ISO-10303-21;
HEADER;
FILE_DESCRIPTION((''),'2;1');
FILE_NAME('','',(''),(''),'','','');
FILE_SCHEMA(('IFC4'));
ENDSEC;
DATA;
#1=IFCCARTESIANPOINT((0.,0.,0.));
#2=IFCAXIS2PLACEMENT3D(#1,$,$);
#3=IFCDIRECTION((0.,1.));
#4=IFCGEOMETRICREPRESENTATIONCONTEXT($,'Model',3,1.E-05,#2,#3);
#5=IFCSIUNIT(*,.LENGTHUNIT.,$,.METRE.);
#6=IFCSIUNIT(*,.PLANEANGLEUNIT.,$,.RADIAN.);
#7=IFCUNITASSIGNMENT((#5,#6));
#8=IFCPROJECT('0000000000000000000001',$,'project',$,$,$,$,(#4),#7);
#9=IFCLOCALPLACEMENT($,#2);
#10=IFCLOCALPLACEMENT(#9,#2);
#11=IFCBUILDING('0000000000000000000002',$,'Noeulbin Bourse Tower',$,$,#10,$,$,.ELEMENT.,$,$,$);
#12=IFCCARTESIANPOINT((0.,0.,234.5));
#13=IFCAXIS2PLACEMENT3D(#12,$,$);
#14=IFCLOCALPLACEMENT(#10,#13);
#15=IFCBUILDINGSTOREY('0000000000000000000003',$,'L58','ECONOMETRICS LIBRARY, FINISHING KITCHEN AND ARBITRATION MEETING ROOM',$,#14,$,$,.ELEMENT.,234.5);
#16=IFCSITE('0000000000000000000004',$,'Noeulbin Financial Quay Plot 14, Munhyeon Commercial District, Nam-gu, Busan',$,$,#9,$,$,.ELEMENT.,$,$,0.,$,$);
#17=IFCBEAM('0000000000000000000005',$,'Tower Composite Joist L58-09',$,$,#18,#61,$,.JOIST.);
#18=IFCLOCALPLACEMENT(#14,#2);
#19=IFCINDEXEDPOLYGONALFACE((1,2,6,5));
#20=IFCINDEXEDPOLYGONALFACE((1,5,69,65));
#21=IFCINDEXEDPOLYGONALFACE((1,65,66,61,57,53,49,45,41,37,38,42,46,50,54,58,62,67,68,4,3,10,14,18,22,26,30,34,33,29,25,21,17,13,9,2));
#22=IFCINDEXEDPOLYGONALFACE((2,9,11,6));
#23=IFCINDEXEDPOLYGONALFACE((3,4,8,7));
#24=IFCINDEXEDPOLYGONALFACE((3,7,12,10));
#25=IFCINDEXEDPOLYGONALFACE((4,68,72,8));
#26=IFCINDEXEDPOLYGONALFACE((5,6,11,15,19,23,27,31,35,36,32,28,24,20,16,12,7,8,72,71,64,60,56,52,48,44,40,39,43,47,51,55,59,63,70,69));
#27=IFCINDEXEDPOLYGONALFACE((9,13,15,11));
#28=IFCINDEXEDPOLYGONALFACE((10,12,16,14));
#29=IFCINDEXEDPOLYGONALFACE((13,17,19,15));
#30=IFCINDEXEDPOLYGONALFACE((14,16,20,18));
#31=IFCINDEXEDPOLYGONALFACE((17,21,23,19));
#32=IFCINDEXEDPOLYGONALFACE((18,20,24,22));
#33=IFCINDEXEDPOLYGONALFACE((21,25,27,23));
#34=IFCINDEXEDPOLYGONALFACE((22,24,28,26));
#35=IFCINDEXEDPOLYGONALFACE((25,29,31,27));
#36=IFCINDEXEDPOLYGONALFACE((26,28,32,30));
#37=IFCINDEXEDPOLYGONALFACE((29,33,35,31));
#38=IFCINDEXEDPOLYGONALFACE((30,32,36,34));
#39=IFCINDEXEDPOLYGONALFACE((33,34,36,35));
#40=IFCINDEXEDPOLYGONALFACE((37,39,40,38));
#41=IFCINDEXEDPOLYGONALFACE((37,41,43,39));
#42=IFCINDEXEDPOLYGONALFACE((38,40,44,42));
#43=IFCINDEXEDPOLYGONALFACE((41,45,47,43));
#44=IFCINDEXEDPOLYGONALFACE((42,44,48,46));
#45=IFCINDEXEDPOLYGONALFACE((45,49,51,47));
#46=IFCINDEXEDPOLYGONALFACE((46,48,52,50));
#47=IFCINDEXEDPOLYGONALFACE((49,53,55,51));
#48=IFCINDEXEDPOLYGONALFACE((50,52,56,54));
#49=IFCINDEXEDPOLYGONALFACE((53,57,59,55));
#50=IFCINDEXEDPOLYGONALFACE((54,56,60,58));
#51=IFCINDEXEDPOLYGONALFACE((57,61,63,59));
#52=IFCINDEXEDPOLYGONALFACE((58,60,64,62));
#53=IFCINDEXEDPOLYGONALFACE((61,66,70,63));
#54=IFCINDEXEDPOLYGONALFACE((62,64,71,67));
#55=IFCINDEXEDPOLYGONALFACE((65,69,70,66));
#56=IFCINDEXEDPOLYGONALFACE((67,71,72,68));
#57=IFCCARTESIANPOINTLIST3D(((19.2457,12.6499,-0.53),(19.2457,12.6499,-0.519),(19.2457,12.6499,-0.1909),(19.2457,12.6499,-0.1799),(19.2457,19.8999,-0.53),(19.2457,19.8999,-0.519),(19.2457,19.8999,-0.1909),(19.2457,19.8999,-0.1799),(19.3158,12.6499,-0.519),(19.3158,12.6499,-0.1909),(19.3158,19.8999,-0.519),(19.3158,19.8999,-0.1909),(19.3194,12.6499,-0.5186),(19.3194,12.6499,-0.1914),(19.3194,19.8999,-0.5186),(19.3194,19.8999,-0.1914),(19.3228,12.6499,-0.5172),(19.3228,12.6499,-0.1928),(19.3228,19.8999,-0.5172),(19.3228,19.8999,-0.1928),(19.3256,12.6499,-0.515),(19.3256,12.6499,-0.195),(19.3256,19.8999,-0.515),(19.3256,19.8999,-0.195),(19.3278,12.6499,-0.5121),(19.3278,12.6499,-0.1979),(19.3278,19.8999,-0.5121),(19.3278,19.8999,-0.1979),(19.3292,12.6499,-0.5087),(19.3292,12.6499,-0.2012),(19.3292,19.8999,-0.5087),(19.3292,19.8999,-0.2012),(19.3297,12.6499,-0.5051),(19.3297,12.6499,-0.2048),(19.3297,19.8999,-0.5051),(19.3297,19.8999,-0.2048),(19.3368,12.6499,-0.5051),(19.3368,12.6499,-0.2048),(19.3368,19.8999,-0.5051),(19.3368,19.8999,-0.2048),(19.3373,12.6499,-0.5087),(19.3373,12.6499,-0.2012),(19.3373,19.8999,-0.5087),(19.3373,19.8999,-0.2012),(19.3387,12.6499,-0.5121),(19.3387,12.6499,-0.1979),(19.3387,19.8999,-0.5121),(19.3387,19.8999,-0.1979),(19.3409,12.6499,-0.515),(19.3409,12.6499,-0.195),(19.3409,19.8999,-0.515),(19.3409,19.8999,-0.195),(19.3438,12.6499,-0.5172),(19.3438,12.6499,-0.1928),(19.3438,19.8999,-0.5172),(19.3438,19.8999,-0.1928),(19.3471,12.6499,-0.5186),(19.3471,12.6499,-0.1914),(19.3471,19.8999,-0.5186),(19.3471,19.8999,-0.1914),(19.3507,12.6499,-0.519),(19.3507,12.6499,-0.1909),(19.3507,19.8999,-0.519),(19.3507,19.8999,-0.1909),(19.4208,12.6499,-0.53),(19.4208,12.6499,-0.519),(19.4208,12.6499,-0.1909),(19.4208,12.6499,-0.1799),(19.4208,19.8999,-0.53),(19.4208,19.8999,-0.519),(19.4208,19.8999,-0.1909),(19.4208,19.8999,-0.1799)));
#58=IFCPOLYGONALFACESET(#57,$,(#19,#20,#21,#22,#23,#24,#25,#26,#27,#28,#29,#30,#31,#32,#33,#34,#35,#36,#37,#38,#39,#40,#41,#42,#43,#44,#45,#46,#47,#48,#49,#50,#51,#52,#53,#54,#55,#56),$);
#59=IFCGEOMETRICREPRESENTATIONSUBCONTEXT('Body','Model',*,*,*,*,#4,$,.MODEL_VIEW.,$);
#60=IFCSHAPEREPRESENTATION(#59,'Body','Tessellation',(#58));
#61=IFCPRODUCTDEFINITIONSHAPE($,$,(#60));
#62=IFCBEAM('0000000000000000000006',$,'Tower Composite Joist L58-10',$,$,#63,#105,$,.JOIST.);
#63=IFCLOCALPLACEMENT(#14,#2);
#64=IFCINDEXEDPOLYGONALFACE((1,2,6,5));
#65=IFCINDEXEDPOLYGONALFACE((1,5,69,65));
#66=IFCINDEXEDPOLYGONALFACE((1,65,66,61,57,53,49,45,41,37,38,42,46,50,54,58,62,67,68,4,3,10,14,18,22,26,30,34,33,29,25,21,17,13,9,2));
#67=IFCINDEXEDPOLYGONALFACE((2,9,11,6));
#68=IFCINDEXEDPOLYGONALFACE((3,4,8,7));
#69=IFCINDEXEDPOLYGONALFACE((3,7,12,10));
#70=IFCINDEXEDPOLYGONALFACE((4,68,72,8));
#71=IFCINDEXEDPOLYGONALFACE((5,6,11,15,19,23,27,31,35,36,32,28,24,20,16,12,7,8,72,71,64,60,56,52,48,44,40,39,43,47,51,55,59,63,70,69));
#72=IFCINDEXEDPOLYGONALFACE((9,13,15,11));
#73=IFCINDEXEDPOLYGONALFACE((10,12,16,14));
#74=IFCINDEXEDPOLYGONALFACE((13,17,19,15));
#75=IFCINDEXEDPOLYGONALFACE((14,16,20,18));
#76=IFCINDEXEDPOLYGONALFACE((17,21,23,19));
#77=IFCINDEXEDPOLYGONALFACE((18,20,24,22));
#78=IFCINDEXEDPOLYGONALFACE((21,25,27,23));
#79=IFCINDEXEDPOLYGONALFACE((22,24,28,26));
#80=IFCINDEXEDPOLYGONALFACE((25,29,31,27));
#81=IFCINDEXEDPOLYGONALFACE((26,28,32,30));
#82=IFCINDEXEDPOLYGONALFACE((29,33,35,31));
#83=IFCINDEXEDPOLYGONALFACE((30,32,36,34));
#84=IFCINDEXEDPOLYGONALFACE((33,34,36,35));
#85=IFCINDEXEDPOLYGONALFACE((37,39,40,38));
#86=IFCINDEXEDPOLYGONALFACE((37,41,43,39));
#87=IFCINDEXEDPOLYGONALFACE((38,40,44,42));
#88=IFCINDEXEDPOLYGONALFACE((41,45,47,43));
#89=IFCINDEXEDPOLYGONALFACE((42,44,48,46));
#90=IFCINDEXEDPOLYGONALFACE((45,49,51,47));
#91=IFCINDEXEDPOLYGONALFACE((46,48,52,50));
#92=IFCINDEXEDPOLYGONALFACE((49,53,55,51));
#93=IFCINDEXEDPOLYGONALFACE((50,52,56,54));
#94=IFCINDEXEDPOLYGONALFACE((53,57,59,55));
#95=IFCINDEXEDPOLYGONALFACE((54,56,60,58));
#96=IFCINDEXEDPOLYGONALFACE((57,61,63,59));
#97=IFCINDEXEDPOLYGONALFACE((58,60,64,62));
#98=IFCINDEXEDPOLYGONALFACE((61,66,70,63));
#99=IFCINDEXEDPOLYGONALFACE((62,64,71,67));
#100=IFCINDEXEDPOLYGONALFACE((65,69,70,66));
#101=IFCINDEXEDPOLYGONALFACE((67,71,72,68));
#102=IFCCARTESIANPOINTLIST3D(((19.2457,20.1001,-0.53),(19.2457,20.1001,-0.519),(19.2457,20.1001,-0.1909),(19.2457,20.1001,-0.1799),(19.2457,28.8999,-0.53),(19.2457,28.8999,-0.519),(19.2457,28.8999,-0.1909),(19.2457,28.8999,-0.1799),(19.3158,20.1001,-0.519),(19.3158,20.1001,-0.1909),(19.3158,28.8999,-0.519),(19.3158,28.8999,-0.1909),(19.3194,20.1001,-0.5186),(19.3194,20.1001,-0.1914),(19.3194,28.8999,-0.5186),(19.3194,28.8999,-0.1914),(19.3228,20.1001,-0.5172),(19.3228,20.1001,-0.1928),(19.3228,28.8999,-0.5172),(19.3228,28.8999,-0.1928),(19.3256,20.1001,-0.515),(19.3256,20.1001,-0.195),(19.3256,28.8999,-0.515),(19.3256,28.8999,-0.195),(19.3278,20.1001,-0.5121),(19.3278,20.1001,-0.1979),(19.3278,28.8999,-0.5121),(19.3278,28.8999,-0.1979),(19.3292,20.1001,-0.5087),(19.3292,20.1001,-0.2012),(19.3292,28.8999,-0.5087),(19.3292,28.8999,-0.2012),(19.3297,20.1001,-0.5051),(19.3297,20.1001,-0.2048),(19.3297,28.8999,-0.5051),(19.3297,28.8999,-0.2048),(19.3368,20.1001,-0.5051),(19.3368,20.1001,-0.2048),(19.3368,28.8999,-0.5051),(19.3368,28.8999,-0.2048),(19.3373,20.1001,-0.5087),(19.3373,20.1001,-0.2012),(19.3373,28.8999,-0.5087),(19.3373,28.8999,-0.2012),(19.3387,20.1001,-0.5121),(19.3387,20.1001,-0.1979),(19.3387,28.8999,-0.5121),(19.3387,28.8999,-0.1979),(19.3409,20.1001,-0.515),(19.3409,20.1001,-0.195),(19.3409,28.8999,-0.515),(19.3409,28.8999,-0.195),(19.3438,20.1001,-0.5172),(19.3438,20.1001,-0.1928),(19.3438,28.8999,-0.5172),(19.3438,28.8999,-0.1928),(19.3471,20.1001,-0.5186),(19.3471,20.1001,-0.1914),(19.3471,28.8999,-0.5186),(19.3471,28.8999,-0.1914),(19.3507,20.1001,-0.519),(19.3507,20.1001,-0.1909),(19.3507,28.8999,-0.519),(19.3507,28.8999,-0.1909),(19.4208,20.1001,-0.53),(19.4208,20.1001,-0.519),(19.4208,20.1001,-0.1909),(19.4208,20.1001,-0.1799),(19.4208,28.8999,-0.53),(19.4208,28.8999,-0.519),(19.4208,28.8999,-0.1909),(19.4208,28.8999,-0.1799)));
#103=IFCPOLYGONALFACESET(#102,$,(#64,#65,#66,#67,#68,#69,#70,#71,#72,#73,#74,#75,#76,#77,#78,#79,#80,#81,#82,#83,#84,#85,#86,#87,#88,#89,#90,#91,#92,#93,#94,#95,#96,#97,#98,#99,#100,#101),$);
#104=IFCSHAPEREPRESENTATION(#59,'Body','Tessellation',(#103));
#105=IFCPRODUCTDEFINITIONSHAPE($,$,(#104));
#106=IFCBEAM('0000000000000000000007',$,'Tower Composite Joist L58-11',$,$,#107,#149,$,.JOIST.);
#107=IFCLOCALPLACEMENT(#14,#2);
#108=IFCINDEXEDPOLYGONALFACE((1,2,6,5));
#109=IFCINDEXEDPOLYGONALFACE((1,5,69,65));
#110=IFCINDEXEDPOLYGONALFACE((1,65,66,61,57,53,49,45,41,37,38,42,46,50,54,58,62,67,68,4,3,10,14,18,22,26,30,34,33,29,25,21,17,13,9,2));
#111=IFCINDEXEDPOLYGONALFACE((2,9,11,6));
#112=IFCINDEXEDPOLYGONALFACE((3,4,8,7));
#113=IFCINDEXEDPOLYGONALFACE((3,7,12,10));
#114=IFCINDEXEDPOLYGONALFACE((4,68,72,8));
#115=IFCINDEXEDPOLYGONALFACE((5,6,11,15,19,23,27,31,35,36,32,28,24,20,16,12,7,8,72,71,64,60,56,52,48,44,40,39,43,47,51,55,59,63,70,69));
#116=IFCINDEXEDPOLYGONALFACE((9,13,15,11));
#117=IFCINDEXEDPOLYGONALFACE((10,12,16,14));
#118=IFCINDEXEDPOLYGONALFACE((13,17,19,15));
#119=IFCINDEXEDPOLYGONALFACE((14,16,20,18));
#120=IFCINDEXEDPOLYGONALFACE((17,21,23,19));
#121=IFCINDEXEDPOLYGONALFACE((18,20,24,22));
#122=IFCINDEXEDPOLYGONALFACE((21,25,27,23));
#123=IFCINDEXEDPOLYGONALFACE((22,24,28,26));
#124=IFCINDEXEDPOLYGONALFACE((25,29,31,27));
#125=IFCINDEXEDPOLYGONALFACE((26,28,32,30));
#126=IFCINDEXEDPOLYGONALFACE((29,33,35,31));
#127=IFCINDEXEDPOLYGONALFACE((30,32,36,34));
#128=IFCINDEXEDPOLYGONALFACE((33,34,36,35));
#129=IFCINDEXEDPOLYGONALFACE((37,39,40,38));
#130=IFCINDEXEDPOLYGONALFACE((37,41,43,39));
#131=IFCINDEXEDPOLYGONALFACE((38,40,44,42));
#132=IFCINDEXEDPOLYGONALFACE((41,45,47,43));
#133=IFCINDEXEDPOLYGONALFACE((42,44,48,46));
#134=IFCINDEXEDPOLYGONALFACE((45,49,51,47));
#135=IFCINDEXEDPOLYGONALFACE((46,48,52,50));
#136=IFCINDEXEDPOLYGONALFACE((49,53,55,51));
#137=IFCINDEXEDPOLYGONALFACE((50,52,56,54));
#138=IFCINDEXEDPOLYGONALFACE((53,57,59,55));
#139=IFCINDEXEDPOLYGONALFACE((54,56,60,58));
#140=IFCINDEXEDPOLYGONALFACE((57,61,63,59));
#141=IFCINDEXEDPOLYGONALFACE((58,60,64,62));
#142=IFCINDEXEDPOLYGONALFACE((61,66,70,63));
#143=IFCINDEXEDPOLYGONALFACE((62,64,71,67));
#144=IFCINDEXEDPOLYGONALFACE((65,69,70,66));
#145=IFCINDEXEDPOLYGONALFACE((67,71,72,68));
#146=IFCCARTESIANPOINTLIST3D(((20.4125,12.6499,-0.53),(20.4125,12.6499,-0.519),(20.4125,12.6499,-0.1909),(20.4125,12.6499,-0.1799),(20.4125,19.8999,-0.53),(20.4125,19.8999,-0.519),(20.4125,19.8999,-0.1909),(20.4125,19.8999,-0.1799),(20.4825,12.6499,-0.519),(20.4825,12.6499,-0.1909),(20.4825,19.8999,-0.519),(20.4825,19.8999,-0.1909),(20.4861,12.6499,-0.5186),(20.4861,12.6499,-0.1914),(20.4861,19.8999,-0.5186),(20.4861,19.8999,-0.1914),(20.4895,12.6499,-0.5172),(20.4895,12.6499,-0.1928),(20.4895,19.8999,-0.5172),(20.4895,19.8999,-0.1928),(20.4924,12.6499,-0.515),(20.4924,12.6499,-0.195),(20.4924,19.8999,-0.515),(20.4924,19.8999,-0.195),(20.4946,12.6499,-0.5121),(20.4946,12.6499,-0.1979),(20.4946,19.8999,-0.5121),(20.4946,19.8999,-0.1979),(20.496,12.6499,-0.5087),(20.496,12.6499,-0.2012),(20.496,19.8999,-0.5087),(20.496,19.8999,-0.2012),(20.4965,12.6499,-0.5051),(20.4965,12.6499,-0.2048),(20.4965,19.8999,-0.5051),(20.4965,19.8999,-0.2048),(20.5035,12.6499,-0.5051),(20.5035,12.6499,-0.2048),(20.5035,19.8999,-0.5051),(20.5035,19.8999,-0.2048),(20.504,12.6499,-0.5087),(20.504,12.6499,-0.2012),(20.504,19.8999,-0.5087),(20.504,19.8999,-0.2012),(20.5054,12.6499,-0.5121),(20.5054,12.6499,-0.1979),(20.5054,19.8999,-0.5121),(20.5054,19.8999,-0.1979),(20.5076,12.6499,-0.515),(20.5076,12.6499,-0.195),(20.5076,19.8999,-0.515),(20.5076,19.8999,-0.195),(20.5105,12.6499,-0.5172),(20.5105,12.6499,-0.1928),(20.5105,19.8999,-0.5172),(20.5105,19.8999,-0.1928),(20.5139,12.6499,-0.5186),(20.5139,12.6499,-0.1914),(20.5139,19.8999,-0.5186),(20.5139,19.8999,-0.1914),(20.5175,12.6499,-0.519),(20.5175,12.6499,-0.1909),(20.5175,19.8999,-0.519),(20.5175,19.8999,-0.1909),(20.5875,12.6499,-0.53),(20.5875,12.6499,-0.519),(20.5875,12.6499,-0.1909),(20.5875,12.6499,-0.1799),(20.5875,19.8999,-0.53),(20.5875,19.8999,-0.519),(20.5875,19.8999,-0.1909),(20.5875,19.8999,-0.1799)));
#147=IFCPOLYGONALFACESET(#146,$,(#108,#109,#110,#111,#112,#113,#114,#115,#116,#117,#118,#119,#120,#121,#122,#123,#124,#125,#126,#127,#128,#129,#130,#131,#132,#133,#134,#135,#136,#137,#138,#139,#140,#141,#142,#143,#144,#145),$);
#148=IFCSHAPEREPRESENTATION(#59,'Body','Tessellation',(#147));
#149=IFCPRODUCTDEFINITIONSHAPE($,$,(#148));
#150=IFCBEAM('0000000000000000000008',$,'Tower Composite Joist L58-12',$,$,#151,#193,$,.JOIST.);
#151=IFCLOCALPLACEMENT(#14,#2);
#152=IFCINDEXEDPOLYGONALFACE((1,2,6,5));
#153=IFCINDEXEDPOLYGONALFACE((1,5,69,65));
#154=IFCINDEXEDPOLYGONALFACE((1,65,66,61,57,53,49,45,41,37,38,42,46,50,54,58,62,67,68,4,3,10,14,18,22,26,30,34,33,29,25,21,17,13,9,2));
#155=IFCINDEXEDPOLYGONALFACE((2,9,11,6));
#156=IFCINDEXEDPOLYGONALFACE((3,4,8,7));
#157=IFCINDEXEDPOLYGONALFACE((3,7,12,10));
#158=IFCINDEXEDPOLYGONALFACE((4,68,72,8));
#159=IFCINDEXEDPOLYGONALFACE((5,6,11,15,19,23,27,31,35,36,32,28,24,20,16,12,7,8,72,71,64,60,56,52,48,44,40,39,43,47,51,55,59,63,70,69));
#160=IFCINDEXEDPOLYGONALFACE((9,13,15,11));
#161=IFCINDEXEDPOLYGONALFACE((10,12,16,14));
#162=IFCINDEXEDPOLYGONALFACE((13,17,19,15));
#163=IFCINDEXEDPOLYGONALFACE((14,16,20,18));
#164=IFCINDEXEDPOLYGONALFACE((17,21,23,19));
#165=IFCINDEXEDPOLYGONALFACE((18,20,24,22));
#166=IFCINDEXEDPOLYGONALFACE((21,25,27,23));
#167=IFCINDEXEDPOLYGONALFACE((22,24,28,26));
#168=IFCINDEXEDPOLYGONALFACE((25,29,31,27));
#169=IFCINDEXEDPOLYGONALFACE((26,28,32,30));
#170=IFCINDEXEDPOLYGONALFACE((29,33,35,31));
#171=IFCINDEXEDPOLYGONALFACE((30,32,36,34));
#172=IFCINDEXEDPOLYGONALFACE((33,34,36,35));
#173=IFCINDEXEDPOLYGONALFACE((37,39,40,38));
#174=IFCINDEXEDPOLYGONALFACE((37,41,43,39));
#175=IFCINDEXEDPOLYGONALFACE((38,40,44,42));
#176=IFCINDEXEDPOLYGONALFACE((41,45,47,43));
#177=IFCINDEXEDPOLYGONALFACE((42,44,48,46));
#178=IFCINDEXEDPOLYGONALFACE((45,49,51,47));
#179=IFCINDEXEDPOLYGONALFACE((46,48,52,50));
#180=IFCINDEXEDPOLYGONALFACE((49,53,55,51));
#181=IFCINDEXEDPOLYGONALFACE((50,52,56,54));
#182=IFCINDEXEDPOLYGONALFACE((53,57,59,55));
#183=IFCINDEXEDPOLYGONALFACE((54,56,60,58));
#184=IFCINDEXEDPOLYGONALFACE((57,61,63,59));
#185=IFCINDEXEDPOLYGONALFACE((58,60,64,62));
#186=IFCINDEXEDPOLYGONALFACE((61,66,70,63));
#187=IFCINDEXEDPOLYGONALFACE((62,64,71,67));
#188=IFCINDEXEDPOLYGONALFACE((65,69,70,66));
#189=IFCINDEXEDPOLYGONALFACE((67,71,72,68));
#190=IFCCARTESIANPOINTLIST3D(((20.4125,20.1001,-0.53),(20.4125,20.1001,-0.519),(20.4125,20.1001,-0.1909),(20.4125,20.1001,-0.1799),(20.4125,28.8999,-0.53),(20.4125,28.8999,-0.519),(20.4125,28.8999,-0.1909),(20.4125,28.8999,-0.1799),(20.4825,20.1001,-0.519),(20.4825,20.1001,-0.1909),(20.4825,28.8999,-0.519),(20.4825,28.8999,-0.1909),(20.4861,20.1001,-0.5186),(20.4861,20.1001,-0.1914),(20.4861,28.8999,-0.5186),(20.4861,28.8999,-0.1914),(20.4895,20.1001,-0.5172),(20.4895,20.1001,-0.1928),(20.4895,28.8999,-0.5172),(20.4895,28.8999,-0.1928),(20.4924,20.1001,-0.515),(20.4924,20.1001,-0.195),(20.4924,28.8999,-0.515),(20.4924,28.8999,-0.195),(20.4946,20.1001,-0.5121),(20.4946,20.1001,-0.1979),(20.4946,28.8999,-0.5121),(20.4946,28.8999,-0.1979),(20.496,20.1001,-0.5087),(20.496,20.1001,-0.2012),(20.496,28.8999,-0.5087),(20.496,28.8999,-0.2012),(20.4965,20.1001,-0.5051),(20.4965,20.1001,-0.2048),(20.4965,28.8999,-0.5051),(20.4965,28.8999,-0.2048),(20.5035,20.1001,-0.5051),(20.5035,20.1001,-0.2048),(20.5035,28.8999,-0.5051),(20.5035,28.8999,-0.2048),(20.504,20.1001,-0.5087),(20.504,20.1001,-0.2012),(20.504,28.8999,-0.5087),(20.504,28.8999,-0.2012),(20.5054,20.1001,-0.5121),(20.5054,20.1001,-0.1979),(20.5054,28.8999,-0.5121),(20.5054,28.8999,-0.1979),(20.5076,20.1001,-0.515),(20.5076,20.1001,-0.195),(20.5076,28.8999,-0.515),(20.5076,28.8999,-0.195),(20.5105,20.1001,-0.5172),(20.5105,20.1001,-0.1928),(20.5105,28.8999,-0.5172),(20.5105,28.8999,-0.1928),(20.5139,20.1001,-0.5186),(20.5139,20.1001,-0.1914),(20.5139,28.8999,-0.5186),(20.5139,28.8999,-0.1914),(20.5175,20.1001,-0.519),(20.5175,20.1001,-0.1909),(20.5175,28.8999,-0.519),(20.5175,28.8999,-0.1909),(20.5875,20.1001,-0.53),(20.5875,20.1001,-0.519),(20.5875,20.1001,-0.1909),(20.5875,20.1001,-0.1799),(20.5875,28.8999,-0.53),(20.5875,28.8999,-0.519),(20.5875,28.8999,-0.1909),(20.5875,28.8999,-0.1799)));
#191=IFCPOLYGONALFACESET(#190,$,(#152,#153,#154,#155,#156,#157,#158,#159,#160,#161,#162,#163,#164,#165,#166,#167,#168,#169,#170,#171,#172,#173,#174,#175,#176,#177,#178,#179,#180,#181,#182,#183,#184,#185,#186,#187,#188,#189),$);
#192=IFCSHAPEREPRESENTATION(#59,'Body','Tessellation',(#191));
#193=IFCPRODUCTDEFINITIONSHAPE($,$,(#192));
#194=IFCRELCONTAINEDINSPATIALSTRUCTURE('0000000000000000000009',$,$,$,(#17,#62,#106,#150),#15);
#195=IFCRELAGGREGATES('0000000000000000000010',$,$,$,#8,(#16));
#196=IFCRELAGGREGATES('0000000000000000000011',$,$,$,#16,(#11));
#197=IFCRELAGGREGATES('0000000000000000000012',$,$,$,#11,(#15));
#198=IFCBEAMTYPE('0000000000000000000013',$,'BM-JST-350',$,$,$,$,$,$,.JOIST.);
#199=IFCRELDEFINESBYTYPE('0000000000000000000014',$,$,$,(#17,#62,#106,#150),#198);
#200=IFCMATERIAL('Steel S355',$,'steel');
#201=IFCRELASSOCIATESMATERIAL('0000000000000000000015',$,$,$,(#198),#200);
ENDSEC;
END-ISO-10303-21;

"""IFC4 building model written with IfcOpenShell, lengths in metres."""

from ifc_helpers import new_model, si_unit, direction, frame, origin, origin_2d, place, context, subcontext, project, spatial, i_section, extrude, material, material_profile, profile_set, type_object, element, save


model = new_model("IFC4")

# Units and contexts
model_context = context("Model", 3, precision=1e-05, world=origin(), true_north=direction((0.0, 1.0)))
body_context = subcontext(model_context, "Body", "Model", "MODEL_VIEW")
ifc_project = project(units=[si_unit("LENGTHUNIT", "METRE"), si_unit("PLANEANGLEUNIT", "RADIAN")], contexts=[model_context])

# Site, building, storey
site_placement = place(None, origin())
site = spatial("IfcSite", under=ifc_project, at=site_placement, Name="Noeulbin Financial Quay Plot 14, Munhyeon Commercial District, Nam-gu, Busan", CompositionType="ELEMENT", RefElevation=0.0)
building_placement = place(site_placement, origin())
building = spatial("IfcBuilding", under=site, at=building_placement, Name="Noeulbin Bourse Tower", CompositionType="ELEMENT")
storey_placement = place(building_placement, frame((0.0, 0.0, 234.5)))
storey = spatial("IfcBuildingStorey", under=building, at=storey_placement, Name="L58", Description="ECONOMETRICS LIBRARY, FINISHING KITCHEN AND ARBITRATION MEETING ROOM", CompositionType="ELEMENT", Elevation=234.5)

# Shared definitions
ifc_material_1 = material(Name="Steel S355", Category="steel")

# Beams
ifc_material_profile_1 = material_profile(ifc_material_1, i_section(OverallWidth=0.175, OverallDepth=0.3501, WebThickness=0.0071, FlangeThickness=0.011, FilletRadius=0.0139, at=origin_2d()), Name="H-350x175x7x11", Category="LoadBearing")
ifc_profile_set_1 = profile_set([ifc_material_profile_1], Name="Steel S355")
beam_type_1 = type_object("IfcBeamType", Name="BM-JST-350", PredefinedType="JOIST", material=ifc_profile_set_1)
beam_1_placement = place(storey_placement, frame((19.3333, 12.6499, -0.355), z_axis=(0.0, 1.0, 0.0), x_axis=(-1.0, 0.0, 0.0)))
element("IfcBeam", 1, at=beam_1_placement, inside=storey, type_object=beam_type_1, Name="Tower Composite Joist L58-09", PredefinedType="JOIST", context=body_context, shape_type="SweptSolid", body=[
    extrude(i_section(OverallWidth=0.175, OverallDepth=0.3501, WebThickness=0.0071, FlangeThickness=0.011, FilletRadius=0.0139, at=origin_2d()), origin(), (0.0, 0.0, 1.0), 7.25),
])
beam_2_placement = place(storey_placement, frame((19.3333, 20.1001, -0.355), z_axis=(0.0, 1.0, 0.0), x_axis=(-1.0, 0.0, 0.0)))
element("IfcBeam", 2, at=beam_2_placement, inside=storey, type_object=beam_type_1, Name="Tower Composite Joist L58-10", PredefinedType="JOIST", context=body_context, shape_type="SweptSolid", body=[
    extrude(i_section(OverallWidth=0.175, OverallDepth=0.3501, WebThickness=0.0071, FlangeThickness=0.011, FilletRadius=0.0139, at=origin_2d()), origin(), (0.0, 0.0, 1.0), 8.7998),
])
beam_3_placement = place(storey_placement, frame((20.5, 12.6499, -0.355), z_axis=(0.0, 1.0, 0.0), x_axis=(-1.0, 0.0, 0.0)))
element("IfcBeam", 3, at=beam_3_placement, inside=storey, type_object=beam_type_1, Name="Tower Composite Joist L58-11", PredefinedType="JOIST", context=body_context, shape_type="SweptSolid", body=[
    extrude(i_section(OverallWidth=0.175, OverallDepth=0.3501, WebThickness=0.0071, FlangeThickness=0.011, FilletRadius=0.0139, at=origin_2d()), origin(), (0.0, 0.0, 1.0), 7.25),
])
beam_4_placement = place(storey_placement, frame((20.5, 20.1001, -0.355), z_axis=(0.0, 1.0, 0.0), x_axis=(-1.0, 0.0, 0.0)))
element("IfcBeam", 4, at=beam_4_placement, inside=storey, type_object=beam_type_1, Name="Tower Composite Joist L58-12", PredefinedType="JOIST", context=body_context, shape_type="SweptSolid", body=[
    extrude(i_section(OverallWidth=0.175, OverallDepth=0.3501, WebThickness=0.0071, FlangeThickness=0.011, FilletRadius=0.0139, at=origin_2d()), origin(), (0.0, 0.0, 1.0), 8.7998),
])

save(model, "model.ifc")
